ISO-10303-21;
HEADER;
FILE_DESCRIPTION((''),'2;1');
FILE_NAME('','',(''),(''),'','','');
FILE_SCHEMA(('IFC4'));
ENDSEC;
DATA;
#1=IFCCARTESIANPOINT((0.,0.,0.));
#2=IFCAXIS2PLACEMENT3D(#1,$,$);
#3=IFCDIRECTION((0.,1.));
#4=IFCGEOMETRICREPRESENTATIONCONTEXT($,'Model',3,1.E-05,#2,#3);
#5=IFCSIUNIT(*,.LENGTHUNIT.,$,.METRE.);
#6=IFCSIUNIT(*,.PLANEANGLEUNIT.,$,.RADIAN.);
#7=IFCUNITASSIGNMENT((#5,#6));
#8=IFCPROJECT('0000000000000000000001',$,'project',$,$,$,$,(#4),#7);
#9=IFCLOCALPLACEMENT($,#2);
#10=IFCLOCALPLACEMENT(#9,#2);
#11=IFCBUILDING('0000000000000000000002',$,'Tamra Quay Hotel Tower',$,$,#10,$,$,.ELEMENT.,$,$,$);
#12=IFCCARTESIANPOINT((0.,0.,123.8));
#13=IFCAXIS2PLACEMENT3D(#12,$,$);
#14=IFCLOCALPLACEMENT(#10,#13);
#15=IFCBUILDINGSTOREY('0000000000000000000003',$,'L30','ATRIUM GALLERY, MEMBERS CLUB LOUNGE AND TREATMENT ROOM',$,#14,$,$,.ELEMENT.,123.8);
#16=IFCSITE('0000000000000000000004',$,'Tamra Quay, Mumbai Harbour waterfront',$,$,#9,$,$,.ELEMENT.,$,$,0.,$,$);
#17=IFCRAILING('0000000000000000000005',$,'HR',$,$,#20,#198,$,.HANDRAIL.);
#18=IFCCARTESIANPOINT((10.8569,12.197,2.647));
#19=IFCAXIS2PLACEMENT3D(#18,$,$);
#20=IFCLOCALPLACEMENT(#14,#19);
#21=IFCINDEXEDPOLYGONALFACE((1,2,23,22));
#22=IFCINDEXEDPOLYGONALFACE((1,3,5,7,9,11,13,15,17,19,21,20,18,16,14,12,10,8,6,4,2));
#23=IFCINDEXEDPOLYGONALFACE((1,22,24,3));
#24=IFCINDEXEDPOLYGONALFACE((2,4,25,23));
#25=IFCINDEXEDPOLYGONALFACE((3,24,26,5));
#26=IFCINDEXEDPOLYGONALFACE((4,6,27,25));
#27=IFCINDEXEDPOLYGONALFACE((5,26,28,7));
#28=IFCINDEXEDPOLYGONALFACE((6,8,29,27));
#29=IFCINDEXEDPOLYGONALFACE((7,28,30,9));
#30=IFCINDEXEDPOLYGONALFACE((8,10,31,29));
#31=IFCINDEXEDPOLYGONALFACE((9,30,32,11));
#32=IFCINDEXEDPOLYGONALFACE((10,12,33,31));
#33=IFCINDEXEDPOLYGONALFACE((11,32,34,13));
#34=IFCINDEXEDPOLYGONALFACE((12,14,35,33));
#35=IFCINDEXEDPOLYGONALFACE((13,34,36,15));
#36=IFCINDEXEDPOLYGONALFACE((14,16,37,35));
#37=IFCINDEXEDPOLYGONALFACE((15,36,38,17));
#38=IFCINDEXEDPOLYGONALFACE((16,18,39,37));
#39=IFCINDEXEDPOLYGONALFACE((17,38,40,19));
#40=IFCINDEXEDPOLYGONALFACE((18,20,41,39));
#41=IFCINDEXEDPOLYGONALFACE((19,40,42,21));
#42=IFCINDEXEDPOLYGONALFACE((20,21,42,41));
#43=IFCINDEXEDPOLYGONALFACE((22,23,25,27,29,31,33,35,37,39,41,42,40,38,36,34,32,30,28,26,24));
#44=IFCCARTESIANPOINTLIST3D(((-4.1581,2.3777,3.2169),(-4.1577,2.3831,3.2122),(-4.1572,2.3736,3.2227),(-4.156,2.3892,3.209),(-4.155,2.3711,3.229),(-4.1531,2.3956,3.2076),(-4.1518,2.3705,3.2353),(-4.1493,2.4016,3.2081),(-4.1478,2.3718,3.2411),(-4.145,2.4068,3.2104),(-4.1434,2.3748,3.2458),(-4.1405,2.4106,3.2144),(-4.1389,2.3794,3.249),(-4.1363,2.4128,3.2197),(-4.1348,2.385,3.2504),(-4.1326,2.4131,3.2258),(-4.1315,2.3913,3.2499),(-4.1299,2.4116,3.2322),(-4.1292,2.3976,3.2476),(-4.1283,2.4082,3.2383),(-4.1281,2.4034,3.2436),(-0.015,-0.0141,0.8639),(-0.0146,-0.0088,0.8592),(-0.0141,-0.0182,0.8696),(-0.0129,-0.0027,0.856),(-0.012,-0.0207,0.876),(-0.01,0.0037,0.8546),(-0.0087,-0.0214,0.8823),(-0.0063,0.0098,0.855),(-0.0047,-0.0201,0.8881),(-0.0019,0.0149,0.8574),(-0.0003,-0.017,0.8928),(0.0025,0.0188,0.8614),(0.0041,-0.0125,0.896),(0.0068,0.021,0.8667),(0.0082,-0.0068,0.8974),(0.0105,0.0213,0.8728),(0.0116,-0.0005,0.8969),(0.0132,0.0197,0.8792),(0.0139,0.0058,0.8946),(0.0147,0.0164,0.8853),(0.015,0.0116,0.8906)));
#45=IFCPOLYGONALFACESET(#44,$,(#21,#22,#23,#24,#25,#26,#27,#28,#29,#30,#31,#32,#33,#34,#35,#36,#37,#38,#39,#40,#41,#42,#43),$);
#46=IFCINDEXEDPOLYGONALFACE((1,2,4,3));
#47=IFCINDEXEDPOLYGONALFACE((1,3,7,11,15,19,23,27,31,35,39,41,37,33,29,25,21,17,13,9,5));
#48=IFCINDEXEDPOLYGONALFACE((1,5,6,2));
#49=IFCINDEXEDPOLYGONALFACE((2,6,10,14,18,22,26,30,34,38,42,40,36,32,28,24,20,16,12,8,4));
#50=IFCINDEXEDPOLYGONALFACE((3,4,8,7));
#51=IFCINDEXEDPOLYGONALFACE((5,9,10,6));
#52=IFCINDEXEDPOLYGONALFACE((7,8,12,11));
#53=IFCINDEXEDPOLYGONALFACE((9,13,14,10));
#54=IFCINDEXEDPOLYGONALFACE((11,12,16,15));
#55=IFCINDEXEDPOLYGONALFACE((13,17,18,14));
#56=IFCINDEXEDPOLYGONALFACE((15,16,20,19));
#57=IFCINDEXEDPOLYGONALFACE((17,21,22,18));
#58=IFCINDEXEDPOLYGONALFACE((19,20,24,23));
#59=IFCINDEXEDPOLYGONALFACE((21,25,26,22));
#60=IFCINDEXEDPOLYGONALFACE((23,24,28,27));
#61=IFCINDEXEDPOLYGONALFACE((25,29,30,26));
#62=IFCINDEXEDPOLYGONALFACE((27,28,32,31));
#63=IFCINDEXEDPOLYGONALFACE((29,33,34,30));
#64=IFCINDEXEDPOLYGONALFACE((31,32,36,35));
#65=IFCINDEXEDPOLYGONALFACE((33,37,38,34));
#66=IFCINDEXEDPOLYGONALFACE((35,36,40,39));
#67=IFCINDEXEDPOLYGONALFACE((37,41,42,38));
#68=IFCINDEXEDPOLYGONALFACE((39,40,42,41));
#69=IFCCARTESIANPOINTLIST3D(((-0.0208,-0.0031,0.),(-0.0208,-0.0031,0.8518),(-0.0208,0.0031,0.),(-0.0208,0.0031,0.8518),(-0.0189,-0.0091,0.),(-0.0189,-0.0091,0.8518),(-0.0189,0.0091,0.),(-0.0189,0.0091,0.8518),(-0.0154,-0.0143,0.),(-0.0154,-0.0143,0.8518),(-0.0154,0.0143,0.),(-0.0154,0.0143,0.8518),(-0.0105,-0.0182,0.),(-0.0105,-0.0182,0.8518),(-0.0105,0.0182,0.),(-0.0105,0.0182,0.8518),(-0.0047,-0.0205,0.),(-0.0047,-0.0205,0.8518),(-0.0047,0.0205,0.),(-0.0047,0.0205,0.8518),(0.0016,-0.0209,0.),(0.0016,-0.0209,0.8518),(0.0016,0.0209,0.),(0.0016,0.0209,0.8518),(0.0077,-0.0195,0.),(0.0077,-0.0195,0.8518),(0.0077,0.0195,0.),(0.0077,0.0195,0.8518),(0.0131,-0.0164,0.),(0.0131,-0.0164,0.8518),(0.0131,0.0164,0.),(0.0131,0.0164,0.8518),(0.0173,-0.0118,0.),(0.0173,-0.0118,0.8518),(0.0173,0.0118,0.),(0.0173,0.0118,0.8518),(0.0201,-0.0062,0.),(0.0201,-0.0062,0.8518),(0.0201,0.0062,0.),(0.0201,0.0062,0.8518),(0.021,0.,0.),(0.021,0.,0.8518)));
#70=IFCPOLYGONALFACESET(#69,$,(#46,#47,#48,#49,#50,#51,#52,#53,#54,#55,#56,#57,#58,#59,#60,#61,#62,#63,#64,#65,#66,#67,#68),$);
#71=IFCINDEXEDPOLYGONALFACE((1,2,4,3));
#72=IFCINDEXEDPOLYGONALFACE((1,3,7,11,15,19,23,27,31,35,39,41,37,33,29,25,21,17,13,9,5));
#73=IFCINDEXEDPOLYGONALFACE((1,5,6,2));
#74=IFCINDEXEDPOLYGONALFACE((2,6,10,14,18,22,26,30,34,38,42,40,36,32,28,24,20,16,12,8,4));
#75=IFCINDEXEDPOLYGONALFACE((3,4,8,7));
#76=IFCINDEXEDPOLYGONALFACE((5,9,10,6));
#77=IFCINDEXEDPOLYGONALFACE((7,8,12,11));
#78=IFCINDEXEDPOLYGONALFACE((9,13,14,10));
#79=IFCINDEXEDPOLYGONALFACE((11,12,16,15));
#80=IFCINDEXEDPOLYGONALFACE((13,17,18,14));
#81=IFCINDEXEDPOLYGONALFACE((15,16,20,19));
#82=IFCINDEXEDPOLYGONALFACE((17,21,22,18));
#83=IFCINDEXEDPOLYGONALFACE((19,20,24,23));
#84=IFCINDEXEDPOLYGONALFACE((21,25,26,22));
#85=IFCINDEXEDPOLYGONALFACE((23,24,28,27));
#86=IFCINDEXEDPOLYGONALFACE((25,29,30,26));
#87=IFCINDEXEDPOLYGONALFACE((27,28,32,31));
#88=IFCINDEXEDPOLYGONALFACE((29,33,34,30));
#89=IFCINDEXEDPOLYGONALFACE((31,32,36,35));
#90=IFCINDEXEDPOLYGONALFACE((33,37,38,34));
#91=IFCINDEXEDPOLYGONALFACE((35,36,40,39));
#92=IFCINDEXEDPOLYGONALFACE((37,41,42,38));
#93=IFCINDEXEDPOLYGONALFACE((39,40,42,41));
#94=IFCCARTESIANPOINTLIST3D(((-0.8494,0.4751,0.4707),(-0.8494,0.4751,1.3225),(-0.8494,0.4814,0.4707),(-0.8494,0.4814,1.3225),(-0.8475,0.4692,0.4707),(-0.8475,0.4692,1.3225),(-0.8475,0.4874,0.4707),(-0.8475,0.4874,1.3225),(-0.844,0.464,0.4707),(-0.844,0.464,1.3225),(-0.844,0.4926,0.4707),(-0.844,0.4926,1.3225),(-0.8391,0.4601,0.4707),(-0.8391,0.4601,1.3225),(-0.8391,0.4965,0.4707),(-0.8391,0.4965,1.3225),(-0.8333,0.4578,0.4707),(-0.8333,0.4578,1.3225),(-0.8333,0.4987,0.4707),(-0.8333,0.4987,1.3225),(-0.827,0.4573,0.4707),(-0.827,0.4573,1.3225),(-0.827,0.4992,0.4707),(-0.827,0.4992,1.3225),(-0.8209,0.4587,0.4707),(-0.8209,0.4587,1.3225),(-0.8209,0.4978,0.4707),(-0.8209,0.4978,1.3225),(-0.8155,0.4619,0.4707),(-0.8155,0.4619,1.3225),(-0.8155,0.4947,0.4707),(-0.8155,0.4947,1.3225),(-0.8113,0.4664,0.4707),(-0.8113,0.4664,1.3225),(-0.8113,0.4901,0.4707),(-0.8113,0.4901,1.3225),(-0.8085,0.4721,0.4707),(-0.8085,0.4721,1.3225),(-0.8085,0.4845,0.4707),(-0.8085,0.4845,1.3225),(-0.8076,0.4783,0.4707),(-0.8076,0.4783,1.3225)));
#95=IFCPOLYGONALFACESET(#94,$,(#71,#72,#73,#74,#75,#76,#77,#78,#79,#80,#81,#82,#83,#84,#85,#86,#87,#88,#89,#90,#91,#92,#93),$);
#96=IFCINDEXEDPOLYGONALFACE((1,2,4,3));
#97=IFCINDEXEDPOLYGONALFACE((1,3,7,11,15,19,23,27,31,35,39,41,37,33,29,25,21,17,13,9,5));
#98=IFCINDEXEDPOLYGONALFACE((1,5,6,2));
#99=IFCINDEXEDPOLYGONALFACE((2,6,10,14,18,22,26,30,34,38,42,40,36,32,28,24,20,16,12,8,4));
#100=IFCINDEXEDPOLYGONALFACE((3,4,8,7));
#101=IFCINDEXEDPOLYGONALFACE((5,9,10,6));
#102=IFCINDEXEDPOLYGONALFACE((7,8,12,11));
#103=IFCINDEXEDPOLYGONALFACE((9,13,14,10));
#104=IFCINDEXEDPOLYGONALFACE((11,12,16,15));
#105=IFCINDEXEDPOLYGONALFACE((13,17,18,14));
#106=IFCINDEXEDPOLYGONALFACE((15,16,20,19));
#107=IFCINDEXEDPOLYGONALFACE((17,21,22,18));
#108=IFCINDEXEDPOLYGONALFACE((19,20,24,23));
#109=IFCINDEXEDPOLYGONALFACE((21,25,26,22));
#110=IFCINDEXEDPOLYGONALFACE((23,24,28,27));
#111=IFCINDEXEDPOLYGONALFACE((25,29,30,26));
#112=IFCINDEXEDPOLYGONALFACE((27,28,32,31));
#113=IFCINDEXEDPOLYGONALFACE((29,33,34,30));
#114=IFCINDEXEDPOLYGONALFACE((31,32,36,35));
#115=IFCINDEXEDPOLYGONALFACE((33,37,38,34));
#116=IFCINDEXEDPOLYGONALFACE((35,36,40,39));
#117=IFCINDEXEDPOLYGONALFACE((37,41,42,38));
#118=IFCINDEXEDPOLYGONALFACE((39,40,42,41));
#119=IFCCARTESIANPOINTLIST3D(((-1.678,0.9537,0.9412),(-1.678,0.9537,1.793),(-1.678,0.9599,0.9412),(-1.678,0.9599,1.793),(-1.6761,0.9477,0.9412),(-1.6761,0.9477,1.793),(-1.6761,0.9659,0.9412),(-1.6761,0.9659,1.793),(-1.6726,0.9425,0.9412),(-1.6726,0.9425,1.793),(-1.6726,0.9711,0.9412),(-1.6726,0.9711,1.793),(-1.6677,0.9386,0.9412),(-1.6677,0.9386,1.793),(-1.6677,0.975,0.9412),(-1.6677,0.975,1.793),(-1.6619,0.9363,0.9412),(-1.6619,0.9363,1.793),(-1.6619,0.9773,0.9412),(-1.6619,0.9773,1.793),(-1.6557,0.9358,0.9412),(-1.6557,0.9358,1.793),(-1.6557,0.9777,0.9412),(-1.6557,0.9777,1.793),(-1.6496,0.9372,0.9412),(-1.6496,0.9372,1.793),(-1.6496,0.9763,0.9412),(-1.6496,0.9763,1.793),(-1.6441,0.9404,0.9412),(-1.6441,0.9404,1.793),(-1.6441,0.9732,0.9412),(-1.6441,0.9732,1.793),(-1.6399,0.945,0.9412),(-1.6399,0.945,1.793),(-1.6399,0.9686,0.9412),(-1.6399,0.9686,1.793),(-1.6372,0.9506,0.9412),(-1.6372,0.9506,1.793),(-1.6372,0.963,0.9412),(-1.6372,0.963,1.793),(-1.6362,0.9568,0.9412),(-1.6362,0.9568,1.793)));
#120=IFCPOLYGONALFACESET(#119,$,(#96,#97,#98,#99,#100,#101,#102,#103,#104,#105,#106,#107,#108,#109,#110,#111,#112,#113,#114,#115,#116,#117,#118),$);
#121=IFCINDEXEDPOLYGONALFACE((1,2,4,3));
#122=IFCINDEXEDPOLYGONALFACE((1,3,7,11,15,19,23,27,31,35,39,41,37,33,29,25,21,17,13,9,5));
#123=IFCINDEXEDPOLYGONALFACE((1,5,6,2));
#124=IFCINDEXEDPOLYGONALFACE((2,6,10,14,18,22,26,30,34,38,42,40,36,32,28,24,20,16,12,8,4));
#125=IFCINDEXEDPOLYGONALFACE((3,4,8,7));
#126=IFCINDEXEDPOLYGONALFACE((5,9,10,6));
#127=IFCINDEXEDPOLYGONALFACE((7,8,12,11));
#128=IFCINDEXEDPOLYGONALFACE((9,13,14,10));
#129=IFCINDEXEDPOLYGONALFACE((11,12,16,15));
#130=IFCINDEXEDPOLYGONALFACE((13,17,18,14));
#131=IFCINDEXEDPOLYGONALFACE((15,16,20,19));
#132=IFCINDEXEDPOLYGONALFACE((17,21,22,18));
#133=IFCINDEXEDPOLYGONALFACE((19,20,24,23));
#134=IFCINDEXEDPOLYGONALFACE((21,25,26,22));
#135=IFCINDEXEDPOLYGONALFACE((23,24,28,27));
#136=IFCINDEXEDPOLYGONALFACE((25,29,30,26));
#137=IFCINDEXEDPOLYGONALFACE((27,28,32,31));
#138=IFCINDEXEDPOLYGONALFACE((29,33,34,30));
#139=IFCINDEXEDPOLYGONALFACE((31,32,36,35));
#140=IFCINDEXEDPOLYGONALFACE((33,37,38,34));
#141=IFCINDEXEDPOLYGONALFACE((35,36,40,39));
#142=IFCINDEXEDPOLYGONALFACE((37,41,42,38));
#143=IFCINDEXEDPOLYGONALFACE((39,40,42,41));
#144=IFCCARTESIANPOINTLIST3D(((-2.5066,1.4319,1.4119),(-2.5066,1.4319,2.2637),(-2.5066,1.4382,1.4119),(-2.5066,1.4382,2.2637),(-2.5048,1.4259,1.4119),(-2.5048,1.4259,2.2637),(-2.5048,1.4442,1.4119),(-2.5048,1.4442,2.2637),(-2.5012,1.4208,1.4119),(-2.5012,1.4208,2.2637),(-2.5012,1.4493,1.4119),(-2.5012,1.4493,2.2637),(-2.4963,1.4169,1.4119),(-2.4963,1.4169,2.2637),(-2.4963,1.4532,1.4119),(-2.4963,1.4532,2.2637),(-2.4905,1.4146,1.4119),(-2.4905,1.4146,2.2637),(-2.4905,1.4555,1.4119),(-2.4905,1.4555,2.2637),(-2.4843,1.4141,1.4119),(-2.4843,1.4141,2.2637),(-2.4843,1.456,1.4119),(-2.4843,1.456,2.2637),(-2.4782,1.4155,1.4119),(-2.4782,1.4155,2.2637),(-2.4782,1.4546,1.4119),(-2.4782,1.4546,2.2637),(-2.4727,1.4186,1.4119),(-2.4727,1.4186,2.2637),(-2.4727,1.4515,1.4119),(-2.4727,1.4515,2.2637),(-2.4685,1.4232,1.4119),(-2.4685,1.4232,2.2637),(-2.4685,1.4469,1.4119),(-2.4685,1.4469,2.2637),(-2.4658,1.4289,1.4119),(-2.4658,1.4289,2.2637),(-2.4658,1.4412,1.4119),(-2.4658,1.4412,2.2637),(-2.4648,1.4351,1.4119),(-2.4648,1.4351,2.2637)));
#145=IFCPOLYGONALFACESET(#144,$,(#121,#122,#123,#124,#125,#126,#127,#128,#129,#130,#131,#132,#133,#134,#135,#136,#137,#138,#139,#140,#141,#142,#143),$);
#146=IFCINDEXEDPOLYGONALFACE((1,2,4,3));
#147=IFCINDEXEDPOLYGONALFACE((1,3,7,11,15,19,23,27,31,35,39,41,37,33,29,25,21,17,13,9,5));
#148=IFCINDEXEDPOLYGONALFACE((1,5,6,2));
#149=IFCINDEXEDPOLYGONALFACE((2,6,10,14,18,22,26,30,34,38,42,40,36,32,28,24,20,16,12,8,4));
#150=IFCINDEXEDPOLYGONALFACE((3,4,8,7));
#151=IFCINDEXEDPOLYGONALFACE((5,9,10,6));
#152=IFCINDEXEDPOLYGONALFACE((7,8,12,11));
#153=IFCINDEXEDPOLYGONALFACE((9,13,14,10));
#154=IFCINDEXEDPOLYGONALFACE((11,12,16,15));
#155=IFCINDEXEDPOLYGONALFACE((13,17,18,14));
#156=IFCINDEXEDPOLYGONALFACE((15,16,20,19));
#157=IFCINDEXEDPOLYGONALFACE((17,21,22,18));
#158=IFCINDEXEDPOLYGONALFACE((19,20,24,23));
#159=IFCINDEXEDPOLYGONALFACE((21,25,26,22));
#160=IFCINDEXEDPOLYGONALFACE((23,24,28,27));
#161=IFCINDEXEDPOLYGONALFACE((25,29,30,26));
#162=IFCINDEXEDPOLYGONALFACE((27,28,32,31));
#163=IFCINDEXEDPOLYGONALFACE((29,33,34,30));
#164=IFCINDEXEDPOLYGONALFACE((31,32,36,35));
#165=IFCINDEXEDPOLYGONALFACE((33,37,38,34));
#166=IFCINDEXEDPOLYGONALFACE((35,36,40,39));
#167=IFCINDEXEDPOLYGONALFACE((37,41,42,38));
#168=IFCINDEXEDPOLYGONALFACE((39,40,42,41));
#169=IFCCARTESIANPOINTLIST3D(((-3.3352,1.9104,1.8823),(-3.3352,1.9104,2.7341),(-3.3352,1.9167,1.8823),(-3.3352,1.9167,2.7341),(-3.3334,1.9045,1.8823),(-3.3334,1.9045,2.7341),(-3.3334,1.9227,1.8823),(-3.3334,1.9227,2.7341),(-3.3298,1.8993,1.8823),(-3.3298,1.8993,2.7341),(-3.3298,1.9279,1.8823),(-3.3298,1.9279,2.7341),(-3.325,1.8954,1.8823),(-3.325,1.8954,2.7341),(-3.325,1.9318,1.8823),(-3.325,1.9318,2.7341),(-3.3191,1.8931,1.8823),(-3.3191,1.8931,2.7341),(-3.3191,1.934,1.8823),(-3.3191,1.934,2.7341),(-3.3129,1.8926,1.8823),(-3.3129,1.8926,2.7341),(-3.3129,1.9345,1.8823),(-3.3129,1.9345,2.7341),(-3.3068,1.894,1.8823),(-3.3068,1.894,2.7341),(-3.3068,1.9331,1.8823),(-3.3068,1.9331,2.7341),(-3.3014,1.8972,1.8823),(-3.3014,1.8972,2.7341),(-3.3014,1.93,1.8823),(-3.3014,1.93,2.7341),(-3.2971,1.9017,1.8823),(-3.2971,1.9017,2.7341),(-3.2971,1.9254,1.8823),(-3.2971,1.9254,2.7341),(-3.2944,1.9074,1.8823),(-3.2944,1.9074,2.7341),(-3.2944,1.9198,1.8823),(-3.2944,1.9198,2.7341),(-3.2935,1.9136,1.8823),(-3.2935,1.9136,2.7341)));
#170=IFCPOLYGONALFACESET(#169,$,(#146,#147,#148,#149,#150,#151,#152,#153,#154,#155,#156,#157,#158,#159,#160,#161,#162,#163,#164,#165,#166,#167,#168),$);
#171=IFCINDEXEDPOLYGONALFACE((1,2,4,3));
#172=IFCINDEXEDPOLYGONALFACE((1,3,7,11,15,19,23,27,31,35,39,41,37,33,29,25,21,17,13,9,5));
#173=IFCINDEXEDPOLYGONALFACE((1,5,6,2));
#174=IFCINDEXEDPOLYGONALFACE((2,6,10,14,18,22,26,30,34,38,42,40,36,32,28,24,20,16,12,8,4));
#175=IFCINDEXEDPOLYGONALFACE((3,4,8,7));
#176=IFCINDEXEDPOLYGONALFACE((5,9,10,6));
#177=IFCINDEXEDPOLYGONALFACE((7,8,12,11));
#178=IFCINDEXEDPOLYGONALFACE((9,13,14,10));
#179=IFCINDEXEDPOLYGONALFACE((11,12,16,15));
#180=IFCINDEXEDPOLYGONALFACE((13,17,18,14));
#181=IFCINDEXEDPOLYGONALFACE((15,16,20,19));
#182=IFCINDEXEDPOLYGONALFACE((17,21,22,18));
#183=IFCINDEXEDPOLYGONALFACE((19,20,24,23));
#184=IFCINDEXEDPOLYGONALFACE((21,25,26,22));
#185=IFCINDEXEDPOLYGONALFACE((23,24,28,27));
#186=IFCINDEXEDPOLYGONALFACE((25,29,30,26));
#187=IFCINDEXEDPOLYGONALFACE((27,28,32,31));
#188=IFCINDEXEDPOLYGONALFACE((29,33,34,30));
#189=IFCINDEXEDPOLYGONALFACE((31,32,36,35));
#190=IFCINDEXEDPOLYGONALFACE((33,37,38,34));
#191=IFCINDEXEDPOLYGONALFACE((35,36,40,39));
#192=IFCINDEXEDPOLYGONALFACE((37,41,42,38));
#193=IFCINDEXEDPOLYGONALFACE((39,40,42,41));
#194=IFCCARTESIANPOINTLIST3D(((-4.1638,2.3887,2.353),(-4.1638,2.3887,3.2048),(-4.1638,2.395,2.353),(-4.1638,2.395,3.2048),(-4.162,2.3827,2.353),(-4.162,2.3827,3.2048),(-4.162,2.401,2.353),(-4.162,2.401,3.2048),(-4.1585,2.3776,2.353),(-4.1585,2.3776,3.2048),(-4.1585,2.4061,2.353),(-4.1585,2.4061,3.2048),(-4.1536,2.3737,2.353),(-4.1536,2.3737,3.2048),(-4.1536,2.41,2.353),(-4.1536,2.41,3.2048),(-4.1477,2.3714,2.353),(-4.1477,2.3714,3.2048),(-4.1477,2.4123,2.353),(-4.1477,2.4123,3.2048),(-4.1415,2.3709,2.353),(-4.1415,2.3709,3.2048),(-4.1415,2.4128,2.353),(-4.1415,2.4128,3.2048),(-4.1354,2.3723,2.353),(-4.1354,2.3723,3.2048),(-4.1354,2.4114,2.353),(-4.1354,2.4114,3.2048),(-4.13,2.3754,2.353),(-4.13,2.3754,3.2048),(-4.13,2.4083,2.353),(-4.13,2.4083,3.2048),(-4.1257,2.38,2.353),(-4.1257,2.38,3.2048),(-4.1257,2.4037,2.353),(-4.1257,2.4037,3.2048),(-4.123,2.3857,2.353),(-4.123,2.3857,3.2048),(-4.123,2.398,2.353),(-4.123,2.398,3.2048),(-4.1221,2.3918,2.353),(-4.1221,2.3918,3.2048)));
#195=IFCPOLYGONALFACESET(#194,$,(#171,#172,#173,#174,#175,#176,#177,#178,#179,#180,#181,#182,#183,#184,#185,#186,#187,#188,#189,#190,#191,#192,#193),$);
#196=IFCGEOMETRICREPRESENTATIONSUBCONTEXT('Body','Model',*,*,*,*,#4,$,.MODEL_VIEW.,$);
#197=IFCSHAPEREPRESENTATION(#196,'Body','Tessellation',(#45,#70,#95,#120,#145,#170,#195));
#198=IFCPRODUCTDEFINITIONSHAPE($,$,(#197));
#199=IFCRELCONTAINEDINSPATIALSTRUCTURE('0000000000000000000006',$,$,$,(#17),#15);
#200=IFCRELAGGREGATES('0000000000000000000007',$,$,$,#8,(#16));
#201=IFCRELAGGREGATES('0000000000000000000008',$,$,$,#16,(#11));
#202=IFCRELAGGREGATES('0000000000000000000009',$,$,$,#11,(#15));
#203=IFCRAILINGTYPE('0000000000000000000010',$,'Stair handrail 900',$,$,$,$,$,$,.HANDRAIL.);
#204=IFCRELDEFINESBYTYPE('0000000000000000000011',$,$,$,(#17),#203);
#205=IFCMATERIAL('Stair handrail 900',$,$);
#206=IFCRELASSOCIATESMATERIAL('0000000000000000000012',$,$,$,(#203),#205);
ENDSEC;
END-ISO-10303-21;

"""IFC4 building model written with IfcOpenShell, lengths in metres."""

from ifc_helpers import new_model, si_unit, direction, frame, origin, origin_2d, place, context, subcontext, project, spatial, circle, extrude, material, type_object, element, save


model = new_model("IFC4")

# Units and contexts
model_context = context("Model", 3, precision=1e-05, world=origin(), true_north=direction((0.0, 1.0)))
body_context = subcontext(model_context, "Body", "Model", "MODEL_VIEW")
ifc_project = project(units=[si_unit("LENGTHUNIT", "METRE"), si_unit("PLANEANGLEUNIT", "RADIAN")], contexts=[model_context])

# Site, building, storey
site_placement = place(None, origin())
site = spatial("IfcSite", under=ifc_project, at=site_placement, Name="Tamra Quay, Mumbai Harbour waterfront", CompositionType="ELEMENT", RefElevation=0.0)
building_placement = place(site_placement, origin())
building = spatial("IfcBuilding", under=site, at=building_placement, Name="Tamra Quay Hotel Tower", CompositionType="ELEMENT")
storey_placement = place(building_placement, frame((0.0, 0.0, 123.8)))
storey = spatial("IfcBuildingStorey", under=building, at=storey_placement, Name="L30", Description="ATRIUM GALLERY, MEMBERS CLUB LOUNGE AND TREATMENT ROOM", CompositionType="ELEMENT", Elevation=123.8)

# Railing
ifc_material_1 = material(Name="Stair handrail 900")
railing_type_1 = type_object("IfcRailingType", Name="Stair handrail 900", PredefinedType="HANDRAIL", material=ifc_material_1)
railing_1_placement = place(storey_placement, frame((10.8569, 12.197, 2.647)))
element("IfcRailing", 1, at=railing_1_placement, inside=storey, type_object=railing_type_1, Name="HR", PredefinedType="HANDRAIL", context=body_context, shape_type="SweptSolid", body=[
    extrude(circle(Radius=0.0239, at=origin_2d()), frame((0.0, 0.0, 0.876), z_axis=(-0.777123, 0.448643, 0.441362), x_axis=(-0.499976, -0.866039, 0.0)), (0.0, 0.0, 1.0), 5.3313),
    extrude(circle(Radius=0.021, at=origin_2d()), origin(), (0.0, 0.0, 1.0), 0.8518),
    extrude(circle(Radius=0.021, at=origin_2d()), frame((-0.8286, 0.4783, 0.4707)), (0.0, 0.0, 1.0), 0.8518),
    extrude(circle(Radius=0.021, at=origin_2d()), frame((-1.6572, 0.9568, 0.9412)), (0.0, 0.0, 1.0), 0.8518),
    extrude(circle(Radius=0.021, at=origin_2d()), frame((-2.4858, 1.4351, 1.4119)), (0.0, 0.0, 1.0), 0.8518),
    extrude(circle(Radius=0.021, at=origin_2d()), frame((-3.3145, 1.9136, 1.8823)), (0.0, 0.0, 1.0), 0.8518),
    extrude(circle(Radius=0.021, at=origin_2d()), frame((-4.1431, 2.3918, 2.353)), (0.0, 0.0, 1.0), 0.8518),
])

save(model, "model.ifc")
